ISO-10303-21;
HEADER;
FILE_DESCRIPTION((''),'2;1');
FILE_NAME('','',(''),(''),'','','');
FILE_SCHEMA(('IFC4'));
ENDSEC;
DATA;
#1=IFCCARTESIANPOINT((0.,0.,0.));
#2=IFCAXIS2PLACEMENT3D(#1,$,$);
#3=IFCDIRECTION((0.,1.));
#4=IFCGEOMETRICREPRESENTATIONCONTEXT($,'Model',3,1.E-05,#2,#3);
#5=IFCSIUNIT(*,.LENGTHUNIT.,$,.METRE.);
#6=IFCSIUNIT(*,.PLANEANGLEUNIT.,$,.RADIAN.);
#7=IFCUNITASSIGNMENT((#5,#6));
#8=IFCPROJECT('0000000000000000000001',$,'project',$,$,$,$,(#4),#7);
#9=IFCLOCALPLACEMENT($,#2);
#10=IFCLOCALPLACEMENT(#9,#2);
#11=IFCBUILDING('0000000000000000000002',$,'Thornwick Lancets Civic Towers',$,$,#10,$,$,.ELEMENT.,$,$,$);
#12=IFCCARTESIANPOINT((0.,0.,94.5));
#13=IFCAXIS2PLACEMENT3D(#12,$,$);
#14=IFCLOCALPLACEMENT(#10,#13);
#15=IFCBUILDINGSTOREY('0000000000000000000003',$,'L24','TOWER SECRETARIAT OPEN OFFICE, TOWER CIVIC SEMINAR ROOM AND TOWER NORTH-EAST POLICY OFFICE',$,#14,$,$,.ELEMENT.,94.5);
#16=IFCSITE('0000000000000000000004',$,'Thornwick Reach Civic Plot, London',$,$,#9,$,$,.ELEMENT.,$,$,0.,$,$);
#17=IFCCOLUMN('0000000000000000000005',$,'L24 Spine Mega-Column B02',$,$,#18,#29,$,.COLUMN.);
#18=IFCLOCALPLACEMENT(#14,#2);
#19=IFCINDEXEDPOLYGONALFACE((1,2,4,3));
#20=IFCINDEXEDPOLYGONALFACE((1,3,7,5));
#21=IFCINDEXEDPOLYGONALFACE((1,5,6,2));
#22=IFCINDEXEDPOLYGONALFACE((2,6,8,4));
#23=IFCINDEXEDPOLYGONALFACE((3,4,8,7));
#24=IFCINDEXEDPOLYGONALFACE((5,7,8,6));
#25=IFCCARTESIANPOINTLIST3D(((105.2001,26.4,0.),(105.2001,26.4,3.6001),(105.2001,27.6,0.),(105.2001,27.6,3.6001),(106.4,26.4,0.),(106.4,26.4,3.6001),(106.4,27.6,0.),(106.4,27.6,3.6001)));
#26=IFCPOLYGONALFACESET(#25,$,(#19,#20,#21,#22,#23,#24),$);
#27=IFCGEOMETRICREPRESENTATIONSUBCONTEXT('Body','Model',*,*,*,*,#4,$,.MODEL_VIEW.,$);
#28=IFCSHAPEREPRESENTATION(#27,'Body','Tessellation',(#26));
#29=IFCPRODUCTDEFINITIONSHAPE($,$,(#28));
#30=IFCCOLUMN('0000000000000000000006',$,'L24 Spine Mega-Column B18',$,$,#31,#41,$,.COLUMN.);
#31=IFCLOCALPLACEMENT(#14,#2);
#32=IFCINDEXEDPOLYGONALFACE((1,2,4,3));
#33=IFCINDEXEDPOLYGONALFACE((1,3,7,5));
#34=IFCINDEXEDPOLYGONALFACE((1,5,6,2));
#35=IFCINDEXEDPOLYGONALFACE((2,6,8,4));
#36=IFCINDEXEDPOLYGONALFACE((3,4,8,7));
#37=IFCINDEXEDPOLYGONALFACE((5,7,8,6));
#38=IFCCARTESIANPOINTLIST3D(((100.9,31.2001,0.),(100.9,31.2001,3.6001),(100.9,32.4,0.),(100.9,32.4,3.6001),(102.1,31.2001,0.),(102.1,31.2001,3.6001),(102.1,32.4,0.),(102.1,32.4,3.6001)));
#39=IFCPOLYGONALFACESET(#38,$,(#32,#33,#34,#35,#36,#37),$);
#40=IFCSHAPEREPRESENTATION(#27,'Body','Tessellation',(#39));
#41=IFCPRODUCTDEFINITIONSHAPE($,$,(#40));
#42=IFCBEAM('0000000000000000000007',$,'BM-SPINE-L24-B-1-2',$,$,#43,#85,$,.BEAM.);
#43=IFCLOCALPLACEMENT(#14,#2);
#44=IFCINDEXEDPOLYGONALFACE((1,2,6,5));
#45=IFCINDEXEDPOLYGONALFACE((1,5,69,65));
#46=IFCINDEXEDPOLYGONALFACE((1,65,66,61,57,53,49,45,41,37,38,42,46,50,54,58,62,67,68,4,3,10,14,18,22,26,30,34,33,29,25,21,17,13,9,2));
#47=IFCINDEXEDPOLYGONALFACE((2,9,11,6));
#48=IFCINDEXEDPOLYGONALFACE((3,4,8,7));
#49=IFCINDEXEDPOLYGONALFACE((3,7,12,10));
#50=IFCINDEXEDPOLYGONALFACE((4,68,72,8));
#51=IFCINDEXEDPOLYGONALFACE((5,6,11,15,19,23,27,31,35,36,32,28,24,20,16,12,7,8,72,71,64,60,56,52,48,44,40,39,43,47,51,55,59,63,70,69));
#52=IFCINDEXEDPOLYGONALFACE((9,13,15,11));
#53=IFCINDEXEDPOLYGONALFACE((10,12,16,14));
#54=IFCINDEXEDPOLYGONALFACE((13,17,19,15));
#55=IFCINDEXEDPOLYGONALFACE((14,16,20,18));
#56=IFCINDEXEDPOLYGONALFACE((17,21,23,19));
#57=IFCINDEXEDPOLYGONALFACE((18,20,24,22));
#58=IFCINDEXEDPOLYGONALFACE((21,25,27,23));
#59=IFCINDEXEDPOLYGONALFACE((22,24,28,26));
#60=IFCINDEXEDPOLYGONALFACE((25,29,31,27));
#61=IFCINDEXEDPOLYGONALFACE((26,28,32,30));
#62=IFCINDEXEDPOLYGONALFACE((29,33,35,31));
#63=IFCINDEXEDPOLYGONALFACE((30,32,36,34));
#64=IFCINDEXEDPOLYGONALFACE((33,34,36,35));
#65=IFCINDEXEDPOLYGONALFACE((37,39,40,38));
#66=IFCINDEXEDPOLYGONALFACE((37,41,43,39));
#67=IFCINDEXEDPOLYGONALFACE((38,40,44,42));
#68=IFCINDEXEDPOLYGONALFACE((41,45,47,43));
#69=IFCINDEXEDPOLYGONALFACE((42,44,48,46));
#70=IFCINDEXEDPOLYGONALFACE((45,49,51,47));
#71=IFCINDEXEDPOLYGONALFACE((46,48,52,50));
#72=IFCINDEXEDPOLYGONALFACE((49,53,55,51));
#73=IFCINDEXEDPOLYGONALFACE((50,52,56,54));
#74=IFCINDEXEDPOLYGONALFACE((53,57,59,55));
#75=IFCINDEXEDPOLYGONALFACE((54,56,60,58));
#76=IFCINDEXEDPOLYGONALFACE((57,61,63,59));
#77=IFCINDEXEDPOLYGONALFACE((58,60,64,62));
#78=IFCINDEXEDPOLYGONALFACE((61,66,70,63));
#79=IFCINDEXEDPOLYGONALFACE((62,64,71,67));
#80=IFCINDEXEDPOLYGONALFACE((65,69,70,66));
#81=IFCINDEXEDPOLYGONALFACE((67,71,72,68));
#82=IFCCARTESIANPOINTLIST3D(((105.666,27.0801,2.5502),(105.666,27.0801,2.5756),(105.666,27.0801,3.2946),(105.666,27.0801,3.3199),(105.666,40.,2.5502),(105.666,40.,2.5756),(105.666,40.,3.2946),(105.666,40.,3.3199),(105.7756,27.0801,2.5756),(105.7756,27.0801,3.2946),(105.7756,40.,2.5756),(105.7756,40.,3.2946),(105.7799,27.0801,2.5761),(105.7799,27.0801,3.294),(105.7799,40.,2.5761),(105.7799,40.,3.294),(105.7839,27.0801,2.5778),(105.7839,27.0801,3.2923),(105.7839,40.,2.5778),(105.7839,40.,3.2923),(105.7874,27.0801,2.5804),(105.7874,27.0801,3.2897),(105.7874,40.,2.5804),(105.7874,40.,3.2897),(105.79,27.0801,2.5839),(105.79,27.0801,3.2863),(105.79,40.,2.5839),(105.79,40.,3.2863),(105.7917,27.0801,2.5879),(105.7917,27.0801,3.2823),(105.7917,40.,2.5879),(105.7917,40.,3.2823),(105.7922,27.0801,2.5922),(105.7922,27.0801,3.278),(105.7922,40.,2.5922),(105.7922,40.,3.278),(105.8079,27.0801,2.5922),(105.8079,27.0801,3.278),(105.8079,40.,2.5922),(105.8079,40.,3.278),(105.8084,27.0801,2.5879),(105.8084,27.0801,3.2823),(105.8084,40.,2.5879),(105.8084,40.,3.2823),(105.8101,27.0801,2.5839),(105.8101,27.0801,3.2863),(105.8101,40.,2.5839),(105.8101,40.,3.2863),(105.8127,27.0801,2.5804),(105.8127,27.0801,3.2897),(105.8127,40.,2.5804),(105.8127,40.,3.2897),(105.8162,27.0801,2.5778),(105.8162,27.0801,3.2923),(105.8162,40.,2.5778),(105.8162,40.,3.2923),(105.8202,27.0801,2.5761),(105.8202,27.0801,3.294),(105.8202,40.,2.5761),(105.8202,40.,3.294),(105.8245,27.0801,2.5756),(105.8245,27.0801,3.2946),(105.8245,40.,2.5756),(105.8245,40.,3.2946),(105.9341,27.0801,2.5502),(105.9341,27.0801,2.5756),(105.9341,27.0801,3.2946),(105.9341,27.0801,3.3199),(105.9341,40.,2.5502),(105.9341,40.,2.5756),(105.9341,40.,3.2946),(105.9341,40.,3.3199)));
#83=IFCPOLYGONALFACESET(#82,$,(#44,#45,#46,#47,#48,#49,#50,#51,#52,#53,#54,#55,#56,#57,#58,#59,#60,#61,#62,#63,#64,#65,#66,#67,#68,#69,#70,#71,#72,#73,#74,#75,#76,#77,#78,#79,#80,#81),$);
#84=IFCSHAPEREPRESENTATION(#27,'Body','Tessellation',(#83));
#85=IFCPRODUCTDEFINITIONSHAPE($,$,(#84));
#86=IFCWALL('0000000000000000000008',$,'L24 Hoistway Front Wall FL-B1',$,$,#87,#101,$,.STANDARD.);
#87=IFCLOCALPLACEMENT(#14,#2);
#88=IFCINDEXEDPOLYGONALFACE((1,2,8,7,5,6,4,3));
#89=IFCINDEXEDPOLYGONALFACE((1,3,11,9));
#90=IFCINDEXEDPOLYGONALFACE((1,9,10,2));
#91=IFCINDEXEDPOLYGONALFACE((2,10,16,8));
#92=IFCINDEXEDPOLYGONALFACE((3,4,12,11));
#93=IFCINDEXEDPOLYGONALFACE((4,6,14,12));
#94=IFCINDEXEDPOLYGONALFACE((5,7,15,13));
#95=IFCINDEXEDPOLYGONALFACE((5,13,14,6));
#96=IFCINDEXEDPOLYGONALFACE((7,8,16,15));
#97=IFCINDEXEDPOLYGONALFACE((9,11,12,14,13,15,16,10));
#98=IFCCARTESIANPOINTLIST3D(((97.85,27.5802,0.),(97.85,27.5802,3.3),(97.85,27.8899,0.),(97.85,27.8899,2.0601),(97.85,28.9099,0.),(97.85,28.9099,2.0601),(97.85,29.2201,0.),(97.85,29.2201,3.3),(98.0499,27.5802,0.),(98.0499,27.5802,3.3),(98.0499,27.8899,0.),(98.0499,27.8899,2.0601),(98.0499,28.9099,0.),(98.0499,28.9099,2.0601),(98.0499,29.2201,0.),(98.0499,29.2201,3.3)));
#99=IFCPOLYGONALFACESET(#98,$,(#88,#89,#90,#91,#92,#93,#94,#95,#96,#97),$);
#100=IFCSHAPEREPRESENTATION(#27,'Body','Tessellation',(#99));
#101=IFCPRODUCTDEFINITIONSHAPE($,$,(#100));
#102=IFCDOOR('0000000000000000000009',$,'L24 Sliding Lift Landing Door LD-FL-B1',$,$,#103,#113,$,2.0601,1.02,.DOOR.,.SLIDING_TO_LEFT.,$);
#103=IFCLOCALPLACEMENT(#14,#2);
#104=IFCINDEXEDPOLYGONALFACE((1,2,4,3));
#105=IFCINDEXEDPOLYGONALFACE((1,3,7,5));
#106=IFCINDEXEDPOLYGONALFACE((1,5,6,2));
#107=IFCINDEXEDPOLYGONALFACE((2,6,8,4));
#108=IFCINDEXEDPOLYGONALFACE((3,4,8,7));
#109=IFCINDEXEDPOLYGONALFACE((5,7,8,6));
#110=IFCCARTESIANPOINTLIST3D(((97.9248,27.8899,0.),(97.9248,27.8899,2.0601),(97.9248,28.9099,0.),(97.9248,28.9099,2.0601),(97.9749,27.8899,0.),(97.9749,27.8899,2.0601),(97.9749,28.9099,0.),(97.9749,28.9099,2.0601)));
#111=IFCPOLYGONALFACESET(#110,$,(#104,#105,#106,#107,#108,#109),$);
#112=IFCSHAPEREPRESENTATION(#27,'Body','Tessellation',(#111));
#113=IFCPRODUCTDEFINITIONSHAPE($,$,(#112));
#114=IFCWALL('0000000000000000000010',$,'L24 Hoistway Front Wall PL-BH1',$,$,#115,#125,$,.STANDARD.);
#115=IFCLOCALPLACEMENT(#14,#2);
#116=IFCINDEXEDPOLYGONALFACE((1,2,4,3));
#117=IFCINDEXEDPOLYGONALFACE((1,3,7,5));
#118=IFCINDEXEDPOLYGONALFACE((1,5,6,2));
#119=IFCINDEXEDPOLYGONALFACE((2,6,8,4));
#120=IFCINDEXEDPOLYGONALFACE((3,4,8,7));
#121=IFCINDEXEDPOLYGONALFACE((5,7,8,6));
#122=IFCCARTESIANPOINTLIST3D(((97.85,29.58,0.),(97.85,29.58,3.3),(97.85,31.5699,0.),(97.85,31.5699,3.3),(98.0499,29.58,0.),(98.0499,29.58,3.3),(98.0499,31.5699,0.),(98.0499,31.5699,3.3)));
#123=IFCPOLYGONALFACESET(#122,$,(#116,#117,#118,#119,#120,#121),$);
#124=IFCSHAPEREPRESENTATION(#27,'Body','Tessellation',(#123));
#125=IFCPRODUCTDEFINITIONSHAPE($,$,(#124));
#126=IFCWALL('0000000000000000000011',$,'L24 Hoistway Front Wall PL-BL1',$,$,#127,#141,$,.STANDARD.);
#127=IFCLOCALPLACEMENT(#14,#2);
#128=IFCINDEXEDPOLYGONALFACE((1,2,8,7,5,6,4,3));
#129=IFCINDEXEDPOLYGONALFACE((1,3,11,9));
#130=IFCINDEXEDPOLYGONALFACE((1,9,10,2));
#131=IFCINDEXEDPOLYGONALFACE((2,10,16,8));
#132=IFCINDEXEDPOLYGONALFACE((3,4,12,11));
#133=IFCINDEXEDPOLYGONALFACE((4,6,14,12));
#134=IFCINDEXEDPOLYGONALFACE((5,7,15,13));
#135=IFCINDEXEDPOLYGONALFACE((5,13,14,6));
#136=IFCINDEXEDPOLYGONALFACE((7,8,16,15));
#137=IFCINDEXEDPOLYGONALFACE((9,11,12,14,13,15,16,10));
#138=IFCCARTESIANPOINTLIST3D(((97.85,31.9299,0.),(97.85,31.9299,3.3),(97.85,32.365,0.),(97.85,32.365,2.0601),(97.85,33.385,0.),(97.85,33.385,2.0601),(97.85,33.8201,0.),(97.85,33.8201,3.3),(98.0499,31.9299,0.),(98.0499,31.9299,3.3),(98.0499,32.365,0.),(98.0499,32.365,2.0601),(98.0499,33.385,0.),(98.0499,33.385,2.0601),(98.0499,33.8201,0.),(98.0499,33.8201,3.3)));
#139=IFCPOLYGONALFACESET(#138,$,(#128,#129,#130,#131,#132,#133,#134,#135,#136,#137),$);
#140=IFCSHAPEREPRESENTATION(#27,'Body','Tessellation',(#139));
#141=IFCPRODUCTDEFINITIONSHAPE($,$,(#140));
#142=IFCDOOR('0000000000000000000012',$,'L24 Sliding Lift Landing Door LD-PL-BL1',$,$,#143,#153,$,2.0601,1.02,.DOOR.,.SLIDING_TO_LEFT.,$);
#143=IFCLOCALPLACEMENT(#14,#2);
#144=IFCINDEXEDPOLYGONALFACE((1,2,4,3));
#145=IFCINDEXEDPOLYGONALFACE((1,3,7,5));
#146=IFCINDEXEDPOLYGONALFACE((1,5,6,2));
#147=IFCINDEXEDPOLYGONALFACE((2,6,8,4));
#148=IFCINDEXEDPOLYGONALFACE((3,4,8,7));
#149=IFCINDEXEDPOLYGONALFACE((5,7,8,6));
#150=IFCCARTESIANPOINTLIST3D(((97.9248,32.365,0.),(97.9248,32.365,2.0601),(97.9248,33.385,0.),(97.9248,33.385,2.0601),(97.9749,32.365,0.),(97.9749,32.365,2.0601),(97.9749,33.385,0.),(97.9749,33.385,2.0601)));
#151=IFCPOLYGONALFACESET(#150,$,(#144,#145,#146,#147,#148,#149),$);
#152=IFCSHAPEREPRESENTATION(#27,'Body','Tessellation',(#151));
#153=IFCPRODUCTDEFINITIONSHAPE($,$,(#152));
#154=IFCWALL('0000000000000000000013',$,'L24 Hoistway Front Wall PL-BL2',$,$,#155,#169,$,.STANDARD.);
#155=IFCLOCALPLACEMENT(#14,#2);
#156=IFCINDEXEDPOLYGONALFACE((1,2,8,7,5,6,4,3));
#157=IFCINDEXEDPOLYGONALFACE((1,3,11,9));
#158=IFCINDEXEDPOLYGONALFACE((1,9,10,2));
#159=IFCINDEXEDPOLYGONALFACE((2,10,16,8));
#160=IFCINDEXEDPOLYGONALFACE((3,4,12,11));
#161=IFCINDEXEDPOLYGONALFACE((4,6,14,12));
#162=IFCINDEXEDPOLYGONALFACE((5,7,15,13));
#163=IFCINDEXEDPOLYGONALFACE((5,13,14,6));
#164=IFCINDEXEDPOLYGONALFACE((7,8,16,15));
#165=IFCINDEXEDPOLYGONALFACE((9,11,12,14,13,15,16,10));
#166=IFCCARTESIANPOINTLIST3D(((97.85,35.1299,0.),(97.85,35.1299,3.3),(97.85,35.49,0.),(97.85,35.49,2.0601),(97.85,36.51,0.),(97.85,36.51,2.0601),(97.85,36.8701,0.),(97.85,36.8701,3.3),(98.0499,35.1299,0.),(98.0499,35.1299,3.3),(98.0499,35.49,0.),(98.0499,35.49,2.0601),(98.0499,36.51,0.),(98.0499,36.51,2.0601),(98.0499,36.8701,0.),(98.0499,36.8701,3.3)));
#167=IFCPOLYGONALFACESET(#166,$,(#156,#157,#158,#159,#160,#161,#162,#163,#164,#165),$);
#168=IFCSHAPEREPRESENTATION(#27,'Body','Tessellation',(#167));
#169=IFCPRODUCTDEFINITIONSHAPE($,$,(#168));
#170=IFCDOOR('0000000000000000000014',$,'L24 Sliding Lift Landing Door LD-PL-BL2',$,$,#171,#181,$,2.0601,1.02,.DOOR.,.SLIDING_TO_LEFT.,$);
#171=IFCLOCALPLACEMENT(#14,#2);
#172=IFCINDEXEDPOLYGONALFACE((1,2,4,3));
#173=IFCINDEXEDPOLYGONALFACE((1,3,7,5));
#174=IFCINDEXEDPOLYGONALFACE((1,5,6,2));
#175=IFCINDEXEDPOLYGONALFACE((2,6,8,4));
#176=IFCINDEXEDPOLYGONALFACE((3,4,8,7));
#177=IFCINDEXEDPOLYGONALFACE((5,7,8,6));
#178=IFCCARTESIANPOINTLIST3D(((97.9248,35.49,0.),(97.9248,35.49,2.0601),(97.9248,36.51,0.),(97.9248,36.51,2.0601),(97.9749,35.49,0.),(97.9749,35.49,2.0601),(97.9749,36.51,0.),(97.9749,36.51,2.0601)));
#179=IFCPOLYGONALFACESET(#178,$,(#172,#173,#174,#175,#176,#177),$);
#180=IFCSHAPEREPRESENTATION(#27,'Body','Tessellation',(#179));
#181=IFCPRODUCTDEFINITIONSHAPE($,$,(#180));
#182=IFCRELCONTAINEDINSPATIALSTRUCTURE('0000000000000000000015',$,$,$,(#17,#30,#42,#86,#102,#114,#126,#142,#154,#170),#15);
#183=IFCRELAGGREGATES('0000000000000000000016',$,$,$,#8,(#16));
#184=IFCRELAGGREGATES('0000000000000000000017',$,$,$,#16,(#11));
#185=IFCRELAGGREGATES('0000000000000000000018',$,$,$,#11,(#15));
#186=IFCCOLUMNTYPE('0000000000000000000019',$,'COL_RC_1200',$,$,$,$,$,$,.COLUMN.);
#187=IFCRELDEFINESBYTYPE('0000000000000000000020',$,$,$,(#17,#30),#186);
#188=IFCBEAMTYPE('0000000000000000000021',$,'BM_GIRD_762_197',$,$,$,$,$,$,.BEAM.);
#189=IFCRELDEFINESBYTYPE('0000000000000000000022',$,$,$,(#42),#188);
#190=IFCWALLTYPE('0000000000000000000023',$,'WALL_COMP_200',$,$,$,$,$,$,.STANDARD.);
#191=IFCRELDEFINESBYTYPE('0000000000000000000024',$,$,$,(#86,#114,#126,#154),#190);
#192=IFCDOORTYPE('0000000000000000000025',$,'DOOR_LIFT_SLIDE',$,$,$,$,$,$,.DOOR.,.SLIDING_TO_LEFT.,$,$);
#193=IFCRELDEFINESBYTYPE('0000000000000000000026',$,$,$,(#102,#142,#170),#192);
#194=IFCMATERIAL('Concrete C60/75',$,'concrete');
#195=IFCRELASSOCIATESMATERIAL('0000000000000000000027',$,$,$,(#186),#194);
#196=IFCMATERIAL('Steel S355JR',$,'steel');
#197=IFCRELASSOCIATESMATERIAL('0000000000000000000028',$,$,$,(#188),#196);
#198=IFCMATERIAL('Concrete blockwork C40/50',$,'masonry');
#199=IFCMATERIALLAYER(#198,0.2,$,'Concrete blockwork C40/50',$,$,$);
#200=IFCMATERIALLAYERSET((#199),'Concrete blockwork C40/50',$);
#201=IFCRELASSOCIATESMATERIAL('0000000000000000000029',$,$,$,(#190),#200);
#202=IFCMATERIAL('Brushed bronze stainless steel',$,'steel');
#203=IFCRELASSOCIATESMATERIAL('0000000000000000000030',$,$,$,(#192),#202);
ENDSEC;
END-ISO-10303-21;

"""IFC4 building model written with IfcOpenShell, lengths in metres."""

from ifc_helpers import new_model, si_unit, direction, frame, frame_2d, origin, origin_2d, place, context, subcontext, project, spatial, rectangle, i_section, extrude, material, layer, layer_set, material_profile, profile_set, type_object, element, fill, save


model = new_model("IFC4")

# Units and contexts
model_context = context("Model", 3, precision=1e-05, world=origin(), true_north=direction((0.0, 1.0)))
body_context = subcontext(model_context, "Body", "Model", "MODEL_VIEW")
ifc_project = project(units=[si_unit("LENGTHUNIT", "METRE"), si_unit("PLANEANGLEUNIT", "RADIAN")], contexts=[model_context])

# Site, building, storey
site_placement = place(None, origin())
site = spatial("IfcSite", under=ifc_project, at=site_placement, Name="Thornwick Reach Civic Plot, London", CompositionType="ELEMENT", RefElevation=0.0)
building_placement = place(site_placement, origin())
building = spatial("IfcBuilding", under=site, at=building_placement, Name="Thornwick Lancets Civic Towers", CompositionType="ELEMENT")
storey_placement = place(building_placement, frame((0.0, 0.0, 94.5)))
storey = spatial("IfcBuildingStorey", under=building, at=storey_placement, Name="L24", Description="TOWER SECRETARIAT OPEN OFFICE, TOWER CIVIC SEMINAR ROOM AND TOWER NORTH-EAST POLICY OFFICE", CompositionType="ELEMENT", Elevation=94.5)

# Columns
ifc_material_1 = material(Name="Concrete C60/75", Category="concrete")
ifc_material_profile_1 = material_profile(ifc_material_1, rectangle(XDim=1.2, YDim=1.2, at=origin_2d()), Name="RC 1200x1200")
ifc_profile_set_1 = profile_set([ifc_material_profile_1], Name="Concrete C60/75")
column_type = type_object("IfcColumnType", Name="COL_RC_1200", PredefinedType="COLUMN", material=ifc_profile_set_1)
for number, where, z_axis, x_axis, name in (
    (1, (105.8, 27.0, 0.0), (0.0, 0.0, 1.0), (1.0, 0.0, 0.0), "L24 Spine Mega-Column B02"),
    (2, (101.5, 31.8, 0.0), (0.0, 0.0, 1.0), (1.0, 0.0, 0.0), "L24 Spine Mega-Column B18"),
):
    element("IfcColumn", number, at=place(storey_placement, frame(where, z_axis=z_axis, x_axis=x_axis)), inside=storey, type_object=column_type, Name=name, PredefinedType="COLUMN", context=body_context, shape_type="SweptSolid", body=[
        extrude(rectangle(XDim=1.2, YDim=1.2, at=origin_2d()), origin(), (0.0, 0.0, 1.0), 3.6001),
    ])

# Beam
ifc_material_2 = material(Name="Steel S355JR", Category="steel")
ifc_material_profile_2 = material_profile(ifc_material_2, i_section(OverallWidth=0.2681, OverallDepth=0.7698, WebThickness=0.0156, FlangeThickness=0.0254, FilletRadius=0.0166, at=origin_2d()), Name="UKB 762x267x197")
ifc_profile_set_2 = profile_set([ifc_material_profile_2], Name="Steel S355JR")
beam_type = type_object("IfcBeamType", Name="BM_GIRD_762_197", PredefinedType="BEAM", material=ifc_profile_set_2)
beam_placement = place(storey_placement, frame((105.8, 27.0801, 2.9351), z_axis=(0.0, 1.0, 0.0), x_axis=(-1.0, 0.0, 0.0)))
element("IfcBeam", 3, at=beam_placement, inside=storey, type_object=beam_type, Name="BM-SPINE-L24-B-1-2", PredefinedType="BEAM", context=body_context, shape_type="SweptSolid", body=[
    extrude(i_section(OverallWidth=0.2681, OverallDepth=0.7698, WebThickness=0.0156, FlangeThickness=0.0254, FilletRadius=0.0166, at=origin_2d()), origin(), (0.0, 0.0, 1.0), 12.9199),
])

# Wall, opening, door
ifc_material_3 = material(Name="Concrete blockwork C40/50", Category="masonry")
ifc_layer_1 = layer(ifc_material_3, 0.2, Name="Concrete blockwork C40/50")
ifc_layer_set_1 = layer_set([ifc_layer_1], Name="Concrete blockwork C40/50")
wall_type_1 = type_object("IfcWallType", Name="WALL_COMP_200", PredefinedType="STANDARD", material=ifc_layer_set_1)
wall_1_placement = place(storey_placement, frame((97.95, 29.22, 0.0), z_axis=(0.0, 0.0, 1.0), x_axis=(0.0, -1.0, 0.0)))
wall_1 = element("IfcWall", 4, at=wall_1_placement, inside=storey, type_object=wall_type_1, Name="L24 Hoistway Front Wall FL-B1", PredefinedType="STANDARD", context=body_context, shape_type="SweptSolid", body=[
    extrude(rectangle(XDim=1.6399, YDim=0.2, at=frame_2d((0.8198, 0.0))), origin(), (0.0, 0.0, 1.0), 3.3),
])
opening_1_placement = place(wall_1_placement, frame((0.3101, 0.0, 0.0)))
opening_1 = element("IfcOpeningElement", 5, at=opening_1_placement, cuts=wall_1, PredefinedType="OPENING", context=body_context, shape_type="SweptSolid", body=[
    extrude(rectangle(XDim=1.02, YDim=2.0601, at=frame_2d((0.51, 1.03))), frame((0.0, 0.1099, 0.0), z_axis=(0.0, -1.0, 0.0), x_axis=(1.0, 0.0, 0.0)), (0.0, 0.0, 1.0), 0.22),
])
ifc_material_4 = material(Name="Brushed bronze stainless steel", Category="steel")
door_type = type_object("IfcDoorType", Name="DOOR_LIFT_SLIDE", OperationType="SLIDING_TO_LEFT", PredefinedType="DOOR", material=ifc_material_4)
door_1_placement = place(opening_1_placement, origin())
door_1 = element("IfcDoor", 6, at=door_1_placement, inside=storey, type_object=door_type, Name="L24 Sliding Lift Landing Door LD-FL-B1", OperationType="SLIDING_TO_LEFT", OverallHeight=2.0601, OverallWidth=1.02, PredefinedType="DOOR", context=body_context, shape_type="SweptSolid", body=[
    extrude(rectangle(XDim=1.02, YDim=2.0601, at=frame_2d((0.51, 1.03))), frame((0.0, 0.0249, 0.0), z_axis=(0.0, -1.0, 0.0), x_axis=(1.0, 0.0, 0.0)), (0.0, 0.0, 1.0), 0.05),
])
fill(opening_1, door_1)

# Wall
wall_2_placement = place(storey_placement, frame((97.95, 31.5701, 0.0), z_axis=(0.0, 0.0, 1.0), x_axis=(0.0, -1.0, 0.0)))
element("IfcWall", 7, at=wall_2_placement, inside=storey, type_object=wall_type_1, Name="L24 Hoistway Front Wall PL-BH1", PredefinedType="STANDARD", context=body_context, shape_type="SweptSolid", body=[
    extrude(rectangle(XDim=1.99, YDim=0.2, at=frame_2d((0.9951, 0.0))), origin(), (0.0, 0.0, 1.0), 3.3),
])

# Walls, openings, doors
wall_3_placement = place(storey_placement, frame((97.95, 33.8201, 0.0), z_axis=(0.0, 0.0, 1.0), x_axis=(0.0, -1.0, 0.0)))
wall_3 = element("IfcWall", 8, at=wall_3_placement, inside=storey, type_object=wall_type_1, Name="L24 Hoistway Front Wall PL-BL1", PredefinedType="STANDARD", context=body_context, shape_type="SweptSolid", body=[
    extrude(rectangle(XDim=1.8901, YDim=0.2, at=frame_2d((0.9451, 0.0))), origin(), (0.0, 0.0, 1.0), 3.3),
])
opening_2_placement = place(wall_3_placement, frame((0.4351, 0.0, 0.0)))
opening_2 = element("IfcOpeningElement", 9, at=opening_2_placement, cuts=wall_3, PredefinedType="OPENING", context=body_context, shape_type="SweptSolid", body=[
    extrude(rectangle(XDim=1.02, YDim=2.0601, at=frame_2d((0.51, 1.03))), frame((0.0, 0.1099, 0.0), z_axis=(0.0, -1.0, 0.0), x_axis=(1.0, 0.0, 0.0)), (0.0, 0.0, 1.0), 0.22),
])
door_2_placement = place(opening_2_placement, origin())
door_2 = element("IfcDoor", 10, at=door_2_placement, inside=storey, type_object=door_type, Name="L24 Sliding Lift Landing Door LD-PL-BL1", OperationType="SLIDING_TO_LEFT", OverallHeight=2.0601, OverallWidth=1.02, PredefinedType="DOOR", context=body_context, shape_type="SweptSolid", body=[
    extrude(rectangle(XDim=1.02, YDim=2.0601, at=frame_2d((0.51, 1.03))), frame((0.0, 0.0249, 0.0), z_axis=(0.0, -1.0, 0.0), x_axis=(1.0, 0.0, 0.0)), (0.0, 0.0, 1.0), 0.05),
])
fill(opening_2, door_2)
wall_4_placement = place(storey_placement, frame((97.95, 36.8701, 0.0), z_axis=(0.0, 0.0, 1.0), x_axis=(0.0, -1.0, 0.0)))
wall_4 = element("IfcWall", 11, at=wall_4_placement, inside=storey, type_object=wall_type_1, Name="L24 Hoistway Front Wall PL-BL2", PredefinedType="STANDARD", context=body_context, shape_type="SweptSolid", body=[
    extrude(rectangle(XDim=1.7402, YDim=0.2, at=frame_2d((0.8701, 0.0))), origin(), (0.0, 0.0, 1.0), 3.3),
])
opening_3_placement = place(wall_4_placement, frame((0.3601, 0.0, 0.0)))
opening_3 = element("IfcOpeningElement", 12, at=opening_3_placement, cuts=wall_4, PredefinedType="OPENING", context=body_context, shape_type="SweptSolid", body=[
    extrude(rectangle(XDim=1.02, YDim=2.0601, at=frame_2d((0.51, 1.03))), frame((0.0, 0.1099, 0.0), z_axis=(0.0, -1.0, 0.0), x_axis=(1.0, 0.0, 0.0)), (0.0, 0.0, 1.0), 0.22),
])
door_3_placement = place(opening_3_placement, origin())
door_3 = element("IfcDoor", 13, at=door_3_placement, inside=storey, type_object=door_type, Name="L24 Sliding Lift Landing Door LD-PL-BL2", OperationType="SLIDING_TO_LEFT", OverallHeight=2.0601, OverallWidth=1.02, PredefinedType="DOOR", context=body_context, shape_type="SweptSolid", body=[
    extrude(rectangle(XDim=1.02, YDim=2.0601, at=frame_2d((0.51, 1.03))), frame((0.0, 0.0249, 0.0), z_axis=(0.0, -1.0, 0.0), x_axis=(1.0, 0.0, 0.0)), (0.0, 0.0, 1.0), 0.05),
])
fill(opening_3, door_3)

save(model, "model.ifc")
